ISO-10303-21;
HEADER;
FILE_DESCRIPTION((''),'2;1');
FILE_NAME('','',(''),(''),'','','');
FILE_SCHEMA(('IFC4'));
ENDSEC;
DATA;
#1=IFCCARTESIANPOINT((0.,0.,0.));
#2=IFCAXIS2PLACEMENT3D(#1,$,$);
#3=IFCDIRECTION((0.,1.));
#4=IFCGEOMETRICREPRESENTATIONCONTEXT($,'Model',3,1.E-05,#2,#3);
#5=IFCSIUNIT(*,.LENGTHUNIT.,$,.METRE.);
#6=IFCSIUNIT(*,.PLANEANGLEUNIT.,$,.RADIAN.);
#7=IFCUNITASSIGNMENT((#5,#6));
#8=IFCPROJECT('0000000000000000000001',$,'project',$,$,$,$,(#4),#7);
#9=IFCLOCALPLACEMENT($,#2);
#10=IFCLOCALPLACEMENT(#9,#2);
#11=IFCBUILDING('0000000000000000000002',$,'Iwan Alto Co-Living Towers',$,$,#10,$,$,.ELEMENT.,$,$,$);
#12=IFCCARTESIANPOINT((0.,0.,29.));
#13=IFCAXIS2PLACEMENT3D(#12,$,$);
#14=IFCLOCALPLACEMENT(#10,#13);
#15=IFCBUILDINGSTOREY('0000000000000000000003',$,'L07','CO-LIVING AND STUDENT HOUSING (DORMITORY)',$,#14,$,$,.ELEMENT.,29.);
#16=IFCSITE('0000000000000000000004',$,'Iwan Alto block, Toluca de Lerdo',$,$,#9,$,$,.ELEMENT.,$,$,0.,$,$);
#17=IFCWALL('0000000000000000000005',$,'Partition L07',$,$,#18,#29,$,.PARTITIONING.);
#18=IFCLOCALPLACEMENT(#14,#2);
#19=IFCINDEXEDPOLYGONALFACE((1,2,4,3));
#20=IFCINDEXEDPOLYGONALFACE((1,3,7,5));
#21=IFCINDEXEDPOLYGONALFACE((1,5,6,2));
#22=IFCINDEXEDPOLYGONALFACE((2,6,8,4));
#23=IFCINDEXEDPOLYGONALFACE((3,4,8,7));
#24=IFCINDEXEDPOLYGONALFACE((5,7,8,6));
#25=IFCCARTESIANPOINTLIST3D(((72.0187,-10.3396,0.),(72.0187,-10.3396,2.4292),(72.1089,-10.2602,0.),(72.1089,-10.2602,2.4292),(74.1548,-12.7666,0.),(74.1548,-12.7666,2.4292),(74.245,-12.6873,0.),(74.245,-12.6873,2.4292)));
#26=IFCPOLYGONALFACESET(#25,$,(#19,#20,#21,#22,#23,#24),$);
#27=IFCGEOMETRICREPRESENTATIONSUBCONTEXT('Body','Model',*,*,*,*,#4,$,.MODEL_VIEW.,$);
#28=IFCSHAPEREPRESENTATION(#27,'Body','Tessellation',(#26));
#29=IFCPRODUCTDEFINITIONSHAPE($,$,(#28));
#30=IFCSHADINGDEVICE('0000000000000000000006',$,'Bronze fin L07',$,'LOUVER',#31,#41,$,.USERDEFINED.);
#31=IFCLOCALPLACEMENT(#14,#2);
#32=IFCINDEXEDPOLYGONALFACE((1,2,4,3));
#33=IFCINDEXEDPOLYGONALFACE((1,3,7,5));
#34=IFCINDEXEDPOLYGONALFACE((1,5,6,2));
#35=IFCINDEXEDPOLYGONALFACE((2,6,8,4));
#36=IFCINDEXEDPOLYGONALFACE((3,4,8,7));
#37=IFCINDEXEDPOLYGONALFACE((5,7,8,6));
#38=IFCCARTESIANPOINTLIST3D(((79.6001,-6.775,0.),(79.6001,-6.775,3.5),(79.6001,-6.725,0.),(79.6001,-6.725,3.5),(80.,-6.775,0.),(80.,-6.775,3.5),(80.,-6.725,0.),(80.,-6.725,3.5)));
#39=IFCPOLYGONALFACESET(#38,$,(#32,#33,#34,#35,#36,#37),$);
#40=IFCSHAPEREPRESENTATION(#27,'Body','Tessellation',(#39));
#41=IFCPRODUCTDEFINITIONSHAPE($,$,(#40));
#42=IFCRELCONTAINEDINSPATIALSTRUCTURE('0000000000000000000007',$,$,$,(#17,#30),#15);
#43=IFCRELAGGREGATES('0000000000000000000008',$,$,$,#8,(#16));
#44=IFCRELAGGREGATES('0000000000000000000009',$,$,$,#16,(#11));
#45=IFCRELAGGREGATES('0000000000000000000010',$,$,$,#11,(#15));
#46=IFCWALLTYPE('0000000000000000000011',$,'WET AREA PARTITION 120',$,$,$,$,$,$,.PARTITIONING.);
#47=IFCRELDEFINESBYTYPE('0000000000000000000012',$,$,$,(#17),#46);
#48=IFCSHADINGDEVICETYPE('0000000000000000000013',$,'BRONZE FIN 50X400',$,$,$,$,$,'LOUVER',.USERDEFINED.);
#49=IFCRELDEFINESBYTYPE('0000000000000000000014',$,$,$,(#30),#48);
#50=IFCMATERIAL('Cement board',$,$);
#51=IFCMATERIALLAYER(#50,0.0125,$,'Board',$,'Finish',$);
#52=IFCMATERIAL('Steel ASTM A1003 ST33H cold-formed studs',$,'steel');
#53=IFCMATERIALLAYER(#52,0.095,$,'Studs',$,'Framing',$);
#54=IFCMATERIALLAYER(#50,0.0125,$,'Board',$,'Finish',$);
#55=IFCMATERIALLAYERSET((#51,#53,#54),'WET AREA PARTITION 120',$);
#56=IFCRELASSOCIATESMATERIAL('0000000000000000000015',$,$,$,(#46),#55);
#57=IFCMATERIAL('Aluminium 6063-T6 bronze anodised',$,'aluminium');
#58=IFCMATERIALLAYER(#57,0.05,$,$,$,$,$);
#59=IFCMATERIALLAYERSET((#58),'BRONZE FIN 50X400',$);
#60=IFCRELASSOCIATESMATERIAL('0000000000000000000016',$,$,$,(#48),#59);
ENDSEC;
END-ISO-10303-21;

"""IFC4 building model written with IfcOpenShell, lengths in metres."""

from ifc_helpers import new_model, si_unit, direction, frame, frame_2d, origin, origin_2d, place, context, subcontext, project, spatial, rectangle, extrude, material, layer, layer_set, type_object, element, save


model = new_model("IFC4")

# Units and contexts
model_context = context("Model", 3, precision=1e-05, world=origin(), true_north=direction((0.0, 1.0)))
body_context = subcontext(model_context, "Body", "Model", "MODEL_VIEW")
ifc_project = project(units=[si_unit("LENGTHUNIT", "METRE"), si_unit("PLANEANGLEUNIT", "RADIAN")], contexts=[model_context])

# Site, building, storey
site_placement = place(None, origin())
site = spatial("IfcSite", under=ifc_project, at=site_placement, Name="Iwan Alto block, Toluca de Lerdo", CompositionType="ELEMENT", RefElevation=0.0)
building_placement = place(site_placement, origin())
building = spatial("IfcBuilding", under=site, at=building_placement, Name="Iwan Alto Co-Living Towers", CompositionType="ELEMENT")
storey_placement = place(building_placement, frame((0.0, 0.0, 29.0)))
storey = spatial("IfcBuildingStorey", under=building, at=storey_placement, Name="L07", Description="CO-LIVING AND STUDENT HOUSING (DORMITORY)", CompositionType="ELEMENT", Elevation=29.0)

# Shared definitions
ifc_material_1 = material(Name="Steel ASTM A1003 ST33H cold-formed studs", Category="steel")
ifc_material_2 = material(Name="Cement board")
ifc_layer_1 = layer(ifc_material_2, 0.0125, Name="Board", Category="Finish")
ifc_layer_2 = layer(ifc_material_1, 0.095, Name="Studs", Category="Framing")
ifc_layer_3 = layer(ifc_material_2, 0.0125, Name="Board", Category="Finish")
ifc_layer_set_1 = layer_set([ifc_layer_1, ifc_layer_2, ifc_layer_3], Name="WET AREA PARTITION 120")
wall_type_1 = type_object("IfcWallType", Name="WET AREA PARTITION 120", PredefinedType="PARTITIONING", material=ifc_layer_set_1)

# Wall
wall_1_placement = place(storey_placement, frame((74.2, -12.7271, 0.0), z_axis=(0.0, 0.0, 1.0), x_axis=(-0.660667, 0.750679, 0.0)))
element("IfcWall", 1, at=wall_1_placement, inside=storey, type_object=wall_type_1, Name="Partition L07", PredefinedType="PARTITIONING", context=body_context, shape_type="SweptSolid", body=[
    extrude(rectangle(XDim=3.2332, YDim=0.1201, at=frame_2d((1.6167, 0.0))), origin(), (0.0, 0.0, 1.0), 2.4292),
])

# Shading device
ifc_material_3 = material(Name="Aluminium 6063-T6 bronze anodised", Category="aluminium")
ifc_layer_4 = layer(ifc_material_3, 0.05)
ifc_layer_set_2 = layer_set([ifc_layer_4], Name="BRONZE FIN 50X400")
shading_device_type = type_object("IfcShadingDeviceType", Name="BRONZE FIN 50X400", ElementType="LOUVER", PredefinedType="USERDEFINED", material=ifc_layer_set_2)
shading_device_placement = place(storey_placement, frame((79.8, -6.75, 0.0), z_axis=(0.0, 0.0, 1.0), x_axis=(0.0, 1.0, 0.0)))
element("IfcShadingDevice", 2, at=shading_device_placement, inside=storey, type_object=shading_device_type, Name="Bronze fin L07", ObjectType="LOUVER", PredefinedType="USERDEFINED", context=body_context, shape_type="SweptSolid", body=[
    extrude(rectangle(XDim=0.05, YDim=0.3999, at=origin_2d()), origin(), (0.0, 0.0, 1.0), 3.5),
])

save(model, "model.ifc")
